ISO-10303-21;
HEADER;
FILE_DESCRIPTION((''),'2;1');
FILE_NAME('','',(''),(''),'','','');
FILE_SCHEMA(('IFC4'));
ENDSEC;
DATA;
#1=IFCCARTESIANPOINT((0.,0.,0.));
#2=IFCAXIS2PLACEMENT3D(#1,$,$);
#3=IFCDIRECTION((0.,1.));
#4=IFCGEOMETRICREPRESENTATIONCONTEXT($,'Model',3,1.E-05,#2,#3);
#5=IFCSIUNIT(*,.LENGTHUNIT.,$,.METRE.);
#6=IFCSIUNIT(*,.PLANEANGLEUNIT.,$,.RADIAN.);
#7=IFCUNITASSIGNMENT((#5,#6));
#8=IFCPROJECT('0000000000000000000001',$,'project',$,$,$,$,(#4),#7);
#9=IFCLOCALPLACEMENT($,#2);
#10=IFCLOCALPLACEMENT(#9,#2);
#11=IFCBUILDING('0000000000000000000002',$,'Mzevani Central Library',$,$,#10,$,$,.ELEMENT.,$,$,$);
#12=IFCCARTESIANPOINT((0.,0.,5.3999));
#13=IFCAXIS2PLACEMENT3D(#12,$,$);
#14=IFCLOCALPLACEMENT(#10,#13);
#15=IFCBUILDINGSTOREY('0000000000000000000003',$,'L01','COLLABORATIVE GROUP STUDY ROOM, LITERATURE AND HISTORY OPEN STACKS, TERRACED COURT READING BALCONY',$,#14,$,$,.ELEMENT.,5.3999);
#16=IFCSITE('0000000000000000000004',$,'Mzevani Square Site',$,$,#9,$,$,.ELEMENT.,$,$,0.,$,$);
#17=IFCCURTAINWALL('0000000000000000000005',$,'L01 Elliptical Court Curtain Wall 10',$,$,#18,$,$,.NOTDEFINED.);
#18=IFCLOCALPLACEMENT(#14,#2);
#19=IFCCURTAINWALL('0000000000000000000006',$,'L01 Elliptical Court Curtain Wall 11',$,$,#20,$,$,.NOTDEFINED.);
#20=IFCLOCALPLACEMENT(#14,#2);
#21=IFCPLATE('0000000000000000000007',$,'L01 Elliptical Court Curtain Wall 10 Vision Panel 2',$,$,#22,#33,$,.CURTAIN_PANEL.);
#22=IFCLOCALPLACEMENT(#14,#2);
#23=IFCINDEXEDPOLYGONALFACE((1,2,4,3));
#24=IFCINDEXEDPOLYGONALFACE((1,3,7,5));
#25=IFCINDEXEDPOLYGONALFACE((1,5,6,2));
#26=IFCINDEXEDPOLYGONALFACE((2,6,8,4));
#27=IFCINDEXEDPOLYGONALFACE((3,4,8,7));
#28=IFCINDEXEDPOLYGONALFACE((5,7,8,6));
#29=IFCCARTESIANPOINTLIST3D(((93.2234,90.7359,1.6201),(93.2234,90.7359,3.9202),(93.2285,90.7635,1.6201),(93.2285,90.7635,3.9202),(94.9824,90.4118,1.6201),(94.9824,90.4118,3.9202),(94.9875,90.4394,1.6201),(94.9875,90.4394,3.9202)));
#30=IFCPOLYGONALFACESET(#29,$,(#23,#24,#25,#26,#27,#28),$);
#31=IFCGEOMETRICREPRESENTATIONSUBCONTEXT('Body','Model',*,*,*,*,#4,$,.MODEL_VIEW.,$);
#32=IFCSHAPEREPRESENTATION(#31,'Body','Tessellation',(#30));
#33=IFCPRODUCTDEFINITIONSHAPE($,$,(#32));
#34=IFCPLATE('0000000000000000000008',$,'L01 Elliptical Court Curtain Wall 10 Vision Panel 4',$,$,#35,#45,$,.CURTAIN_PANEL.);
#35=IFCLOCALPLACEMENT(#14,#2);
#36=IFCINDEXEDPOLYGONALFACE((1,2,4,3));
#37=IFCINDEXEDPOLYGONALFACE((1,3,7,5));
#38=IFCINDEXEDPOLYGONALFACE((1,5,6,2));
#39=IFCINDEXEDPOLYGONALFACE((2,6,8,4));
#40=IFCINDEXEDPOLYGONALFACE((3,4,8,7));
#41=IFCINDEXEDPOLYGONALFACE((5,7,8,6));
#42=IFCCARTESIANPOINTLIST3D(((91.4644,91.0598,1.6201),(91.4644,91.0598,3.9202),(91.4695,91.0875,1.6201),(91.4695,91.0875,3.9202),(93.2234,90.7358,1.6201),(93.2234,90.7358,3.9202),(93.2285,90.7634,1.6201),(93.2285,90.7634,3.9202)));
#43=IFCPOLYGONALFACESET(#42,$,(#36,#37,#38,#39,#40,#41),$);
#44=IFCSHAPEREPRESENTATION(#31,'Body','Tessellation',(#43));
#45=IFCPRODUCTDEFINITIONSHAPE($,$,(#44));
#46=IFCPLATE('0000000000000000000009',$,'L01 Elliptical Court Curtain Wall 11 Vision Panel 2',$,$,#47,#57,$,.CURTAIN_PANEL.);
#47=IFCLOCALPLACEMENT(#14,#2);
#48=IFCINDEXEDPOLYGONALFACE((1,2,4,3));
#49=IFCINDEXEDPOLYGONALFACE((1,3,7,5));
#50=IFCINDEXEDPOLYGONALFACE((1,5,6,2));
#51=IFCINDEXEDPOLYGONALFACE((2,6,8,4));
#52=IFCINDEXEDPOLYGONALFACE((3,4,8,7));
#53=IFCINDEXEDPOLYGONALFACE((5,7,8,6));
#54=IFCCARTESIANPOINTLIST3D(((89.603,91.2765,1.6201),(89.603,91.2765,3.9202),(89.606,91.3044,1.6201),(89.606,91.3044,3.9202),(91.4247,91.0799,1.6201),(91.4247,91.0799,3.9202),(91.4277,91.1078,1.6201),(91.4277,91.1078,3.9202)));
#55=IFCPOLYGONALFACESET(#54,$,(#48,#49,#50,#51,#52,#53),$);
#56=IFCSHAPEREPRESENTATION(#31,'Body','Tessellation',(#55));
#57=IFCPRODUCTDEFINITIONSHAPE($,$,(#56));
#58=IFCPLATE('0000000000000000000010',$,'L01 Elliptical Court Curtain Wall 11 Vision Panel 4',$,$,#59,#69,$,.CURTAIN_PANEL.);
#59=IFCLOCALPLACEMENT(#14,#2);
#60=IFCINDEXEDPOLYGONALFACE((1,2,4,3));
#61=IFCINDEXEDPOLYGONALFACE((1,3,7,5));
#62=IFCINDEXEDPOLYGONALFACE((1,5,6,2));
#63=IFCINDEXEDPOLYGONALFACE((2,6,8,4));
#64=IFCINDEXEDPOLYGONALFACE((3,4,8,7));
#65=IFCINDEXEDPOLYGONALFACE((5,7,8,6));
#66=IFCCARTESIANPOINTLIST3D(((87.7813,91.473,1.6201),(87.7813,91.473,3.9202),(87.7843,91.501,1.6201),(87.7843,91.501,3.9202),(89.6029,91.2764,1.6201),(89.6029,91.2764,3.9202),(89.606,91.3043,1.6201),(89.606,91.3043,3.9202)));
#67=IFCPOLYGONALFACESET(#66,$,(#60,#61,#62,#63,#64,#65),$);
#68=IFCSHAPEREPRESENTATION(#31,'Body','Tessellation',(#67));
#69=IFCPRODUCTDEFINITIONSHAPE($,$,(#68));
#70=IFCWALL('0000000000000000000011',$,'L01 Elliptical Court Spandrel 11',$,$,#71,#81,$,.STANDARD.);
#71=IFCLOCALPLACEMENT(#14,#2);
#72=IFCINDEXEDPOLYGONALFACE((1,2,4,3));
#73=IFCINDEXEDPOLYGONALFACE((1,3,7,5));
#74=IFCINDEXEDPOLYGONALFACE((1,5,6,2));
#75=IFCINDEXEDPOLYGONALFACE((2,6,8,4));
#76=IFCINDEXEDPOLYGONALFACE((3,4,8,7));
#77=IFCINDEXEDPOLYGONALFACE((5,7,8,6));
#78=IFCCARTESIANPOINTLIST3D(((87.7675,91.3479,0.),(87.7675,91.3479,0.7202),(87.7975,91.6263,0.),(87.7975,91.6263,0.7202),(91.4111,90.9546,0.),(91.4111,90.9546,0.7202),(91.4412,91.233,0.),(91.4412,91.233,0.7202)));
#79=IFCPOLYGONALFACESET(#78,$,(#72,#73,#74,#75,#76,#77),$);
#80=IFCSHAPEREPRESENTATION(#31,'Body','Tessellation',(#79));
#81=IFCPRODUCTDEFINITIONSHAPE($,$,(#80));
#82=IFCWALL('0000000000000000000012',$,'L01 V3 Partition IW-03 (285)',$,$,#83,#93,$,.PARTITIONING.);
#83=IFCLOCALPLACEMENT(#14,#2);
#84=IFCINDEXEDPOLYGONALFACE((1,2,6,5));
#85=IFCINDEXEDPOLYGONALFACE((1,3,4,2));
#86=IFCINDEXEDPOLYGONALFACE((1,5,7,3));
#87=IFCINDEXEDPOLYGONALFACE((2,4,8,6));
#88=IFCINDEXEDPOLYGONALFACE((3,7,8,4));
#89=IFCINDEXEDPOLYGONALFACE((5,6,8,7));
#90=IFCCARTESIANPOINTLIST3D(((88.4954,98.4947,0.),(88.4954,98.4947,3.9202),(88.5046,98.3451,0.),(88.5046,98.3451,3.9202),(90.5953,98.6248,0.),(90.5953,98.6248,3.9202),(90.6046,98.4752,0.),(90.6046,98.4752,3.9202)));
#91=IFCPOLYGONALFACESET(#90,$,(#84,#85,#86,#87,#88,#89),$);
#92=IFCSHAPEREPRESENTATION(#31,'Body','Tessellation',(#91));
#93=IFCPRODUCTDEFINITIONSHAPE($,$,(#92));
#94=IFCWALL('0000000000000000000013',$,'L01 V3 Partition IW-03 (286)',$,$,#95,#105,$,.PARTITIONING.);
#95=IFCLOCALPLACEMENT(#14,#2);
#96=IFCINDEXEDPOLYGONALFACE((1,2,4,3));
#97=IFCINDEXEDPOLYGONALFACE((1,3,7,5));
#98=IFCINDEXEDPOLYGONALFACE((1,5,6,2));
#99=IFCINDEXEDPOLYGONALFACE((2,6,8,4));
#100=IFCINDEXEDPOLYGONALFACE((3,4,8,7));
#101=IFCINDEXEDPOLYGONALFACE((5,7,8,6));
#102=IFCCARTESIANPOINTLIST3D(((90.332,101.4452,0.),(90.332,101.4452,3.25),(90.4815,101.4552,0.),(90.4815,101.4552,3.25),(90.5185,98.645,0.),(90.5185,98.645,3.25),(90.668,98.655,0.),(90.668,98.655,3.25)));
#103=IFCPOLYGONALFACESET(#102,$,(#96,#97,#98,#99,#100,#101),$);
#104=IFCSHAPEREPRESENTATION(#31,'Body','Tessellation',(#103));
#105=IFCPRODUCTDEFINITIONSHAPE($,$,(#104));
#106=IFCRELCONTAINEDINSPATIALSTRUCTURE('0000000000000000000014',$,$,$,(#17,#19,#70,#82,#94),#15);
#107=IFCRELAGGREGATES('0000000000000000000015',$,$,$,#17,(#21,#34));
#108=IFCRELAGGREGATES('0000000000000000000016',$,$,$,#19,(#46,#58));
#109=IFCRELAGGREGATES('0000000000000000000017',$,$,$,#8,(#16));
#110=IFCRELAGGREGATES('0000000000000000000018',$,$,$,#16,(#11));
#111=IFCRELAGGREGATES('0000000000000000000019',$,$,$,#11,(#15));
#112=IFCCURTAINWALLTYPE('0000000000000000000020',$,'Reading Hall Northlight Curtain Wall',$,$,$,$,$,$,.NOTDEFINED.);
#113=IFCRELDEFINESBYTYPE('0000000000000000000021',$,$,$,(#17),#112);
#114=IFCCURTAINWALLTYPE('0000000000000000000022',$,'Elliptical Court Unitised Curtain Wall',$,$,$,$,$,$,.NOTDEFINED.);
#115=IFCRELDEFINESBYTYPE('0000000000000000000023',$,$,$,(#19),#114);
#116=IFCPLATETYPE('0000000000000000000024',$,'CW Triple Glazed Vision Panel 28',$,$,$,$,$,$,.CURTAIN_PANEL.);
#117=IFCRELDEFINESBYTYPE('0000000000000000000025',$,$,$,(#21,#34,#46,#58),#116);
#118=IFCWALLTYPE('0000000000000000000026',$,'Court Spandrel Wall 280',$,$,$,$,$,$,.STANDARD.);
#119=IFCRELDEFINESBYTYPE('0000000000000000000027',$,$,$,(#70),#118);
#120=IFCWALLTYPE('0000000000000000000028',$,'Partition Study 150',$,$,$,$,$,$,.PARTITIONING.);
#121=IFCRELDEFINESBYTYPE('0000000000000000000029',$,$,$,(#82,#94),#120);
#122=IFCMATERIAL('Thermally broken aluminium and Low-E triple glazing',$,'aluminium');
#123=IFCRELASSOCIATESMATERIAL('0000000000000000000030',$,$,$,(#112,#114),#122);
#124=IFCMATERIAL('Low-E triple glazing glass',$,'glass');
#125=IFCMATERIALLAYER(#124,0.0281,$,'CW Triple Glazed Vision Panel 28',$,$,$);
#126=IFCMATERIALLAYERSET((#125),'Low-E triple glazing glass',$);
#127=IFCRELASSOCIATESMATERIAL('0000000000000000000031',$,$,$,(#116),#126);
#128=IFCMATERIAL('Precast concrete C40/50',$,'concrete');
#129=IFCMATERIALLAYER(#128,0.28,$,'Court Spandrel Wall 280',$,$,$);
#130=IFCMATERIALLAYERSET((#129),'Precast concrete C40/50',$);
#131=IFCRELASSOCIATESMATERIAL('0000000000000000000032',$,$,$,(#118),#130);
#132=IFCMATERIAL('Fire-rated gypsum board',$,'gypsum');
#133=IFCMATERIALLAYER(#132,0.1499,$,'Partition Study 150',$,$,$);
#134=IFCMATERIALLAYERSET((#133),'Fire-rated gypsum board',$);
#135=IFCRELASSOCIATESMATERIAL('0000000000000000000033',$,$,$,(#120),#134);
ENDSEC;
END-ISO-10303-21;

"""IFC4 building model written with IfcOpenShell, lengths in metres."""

from ifc_helpers import new_model, si_unit, direction, frame, frame_2d, origin, origin_2d, place, context, subcontext, project, spatial, rectangle, extrude, material, layer, layer_set, type_object, element, aggregate, save


model = new_model("IFC4")

# Units and contexts
model_context = context("Model", 3, precision=1e-05, world=origin(), true_north=direction((0.0, 1.0)))
body_context = subcontext(model_context, "Body", "Model", "MODEL_VIEW")
ifc_project = project(units=[si_unit("LENGTHUNIT", "METRE"), si_unit("PLANEANGLEUNIT", "RADIAN")], contexts=[model_context])

# Site, building, storey
site_placement = place(None, origin())
site = spatial("IfcSite", under=ifc_project, at=site_placement, Name="Mzevani Square Site", CompositionType="ELEMENT", RefElevation=0.0)
building_placement = place(site_placement, origin())
building = spatial("IfcBuilding", under=site, at=building_placement, Name="Mzevani Central Library", CompositionType="ELEMENT")
storey_placement = place(building_placement, frame((0.0, 0.0, 5.3999)))
storey = spatial("IfcBuildingStorey", under=building, at=storey_placement, Name="L01", Description="COLLABORATIVE GROUP STUDY ROOM, LITERATURE AND HISTORY OPEN STACKS, TERRACED COURT READING BALCONY", CompositionType="ELEMENT", Elevation=5.3999)

# Curtain walls
ifc_material_1 = material(Name="Thermally broken aluminium and Low-E triple glazing", Category="aluminium")
curtain_wall_type_1 = type_object("IfcCurtainWallType", Name="Reading Hall Northlight Curtain Wall", PredefinedType="NOTDEFINED", material=ifc_material_1)
curtain_wall_1_placement = place(storey_placement, origin())
curtain_wall_1 = element("IfcCurtainWall", 1, at=curtain_wall_1_placement, inside=storey, type_object=curtain_wall_type_1, Name="L01 Elliptical Court Curtain Wall 10", PredefinedType="NOTDEFINED")
curtain_wall_type_2 = type_object("IfcCurtainWallType", Name="Elliptical Court Unitised Curtain Wall", PredefinedType="NOTDEFINED", material=ifc_material_1)
curtain_wall_2_placement = place(storey_placement, origin())
curtain_wall_2 = element("IfcCurtainWall", 2, at=curtain_wall_2_placement, inside=storey, type_object=curtain_wall_type_2, Name="L01 Elliptical Court Curtain Wall 11", PredefinedType="NOTDEFINED")

# Plates
ifc_material_2 = material(Name="Low-E triple glazing glass", Category="glass")
ifc_layer_1 = layer(ifc_material_2, 0.0281, Name="CW Triple Glazed Vision Panel 28")
ifc_layer_set_1 = layer_set([ifc_layer_1], Name="Low-E triple glazing glass")
plate_type_1 = type_object("IfcPlateType", Name="CW Triple Glazed Vision Panel 28", PredefinedType="CURTAIN_PANEL", material=ifc_layer_set_1)
plate_1_placement = place(storey_placement, frame((94.1055, 90.5876, 1.6201), z_axis=(0.0, 0.0, 1.0), x_axis=(-0.983449, 0.181185, 0.0)))
plate_1 = element("IfcPlate", 3, at=plate_1_placement, type_object=plate_type_1, Name="L01 Elliptical Court Curtain Wall 10 Vision Panel 2", PredefinedType="CURTAIN_PANEL", context=body_context, shape_type="SweptSolid", body=[
    extrude(rectangle(XDim=1.7886, YDim=0.0281, at=origin_2d()), origin(), (0.0, 0.0, 1.0), 2.3),
])
plate_2_placement = place(storey_placement, frame((92.3464, 90.9116, 1.6201), z_axis=(0.0, 0.0, 1.0), x_axis=(-0.983449, 0.181185, 0.0)))
plate_2 = element("IfcPlate", 4, at=plate_2_placement, type_object=plate_type_1, Name="L01 Elliptical Court Curtain Wall 10 Vision Panel 4", PredefinedType="CURTAIN_PANEL", context=body_context, shape_type="SweptSolid", body=[
    extrude(rectangle(XDim=1.7886, YDim=0.0281, at=origin_2d()), origin(), (0.0, 0.0, 1.0), 2.3),
])
aggregate(curtain_wall_1, [plate_1, plate_2])
plate_3_placement = place(storey_placement, frame((90.5154, 91.1921, 1.6201), z_axis=(0.0, 0.0, 1.0), x_axis=(-0.994224, 0.107323, 0.0)))
plate_3 = element("IfcPlate", 5, at=plate_3_placement, type_object=plate_type_1, Name="L01 Elliptical Court Curtain Wall 11 Vision Panel 2", PredefinedType="CURTAIN_PANEL", context=body_context, shape_type="SweptSolid", body=[
    extrude(rectangle(XDim=1.8323, YDim=0.0281, at=origin_2d()), origin(), (0.0, 0.0, 1.0), 2.3),
])
plate_4_placement = place(storey_placement, frame((88.6936, 91.3887, 1.6201), z_axis=(0.0, 0.0, 1.0), x_axis=(-0.994224, 0.107323, 0.0)))
plate_4 = element("IfcPlate", 6, at=plate_4_placement, type_object=plate_type_1, Name="L01 Elliptical Court Curtain Wall 11 Vision Panel 4", PredefinedType="CURTAIN_PANEL", context=body_context, shape_type="SweptSolid", body=[
    extrude(rectangle(XDim=1.8323, YDim=0.0281, at=origin_2d()), origin(), (0.0, 0.0, 1.0), 2.3),
])
aggregate(curtain_wall_2, [plate_3, plate_4])

# Walls
ifc_material_3 = material(Name="Precast concrete C40/50", Category="concrete")
ifc_layer_2 = layer(ifc_material_3, 0.28, Name="Court Spandrel Wall 280")
ifc_layer_set_2 = layer_set([ifc_layer_2], Name="Precast concrete C40/50")
wall_type_1 = type_object("IfcWallType", Name="Court Spandrel Wall 280", PredefinedType="STANDARD", material=ifc_layer_set_2)
wall_1_placement = place(storey_placement, frame((91.4263, 91.0938, 0.0), z_axis=(0.0, 0.0, 1.0), x_axis=(-0.994224, 0.107323, 0.0)))
element("IfcWall", 7, at=wall_1_placement, inside=storey, type_object=wall_type_1, Name="L01 Elliptical Court Spandrel 11", PredefinedType="STANDARD", context=body_context, shape_type="SweptSolid", body=[
    extrude(rectangle(XDim=3.6648, YDim=0.28, at=frame_2d((1.8325, 0.0))), origin(), (0.0, 0.0, 1.0), 0.7202),
])
ifc_material_4 = material(Name="Fire-rated gypsum board", Category="gypsum")
ifc_layer_3 = layer(ifc_material_4, 0.1499, Name="Partition Study 150")
ifc_layer_set_3 = layer_set([ifc_layer_3], Name="Fire-rated gypsum board")
wall_type_2 = type_object("IfcWallType", Name="Partition Study 150", PredefinedType="PARTITIONING", material=ifc_layer_set_3)
wall_2_placement = place(storey_placement, frame((88.5, 98.4199, 0.0), z_axis=(0.0, 0.0, 1.0), x_axis=(0.998086, 0.061844, 0.0)))
element("IfcWall", 8, at=wall_2_placement, inside=storey, type_object=wall_type_2, Name="L01 V3 Partition IW-03 (285)", PredefinedType="PARTITIONING", context=body_context, shape_type="SweptSolid", body=[
    extrude(rectangle(XDim=2.104, YDim=0.1499, at=frame_2d((1.052, 0.0))), origin(), (0.0, 0.0, 1.0), 3.9202),
])
wall_3_placement = place(storey_placement, frame((90.5933, 98.6499, 0.0), z_axis=(0.0, 0.0, 1.0), x_axis=(-0.066461, 0.997789, 0.0)))
element("IfcWall", 9, at=wall_3_placement, inside=storey, type_object=wall_type_2, Name="L01 V3 Partition IW-03 (286)", PredefinedType="PARTITIONING", context=body_context, shape_type="SweptSolid", body=[
    extrude(rectangle(XDim=2.8064, YDim=0.1499, at=frame_2d((1.4033, 0.0))), origin(), (0.0, 0.0, 1.0), 3.25),
])

save(model, "model.ifc")
